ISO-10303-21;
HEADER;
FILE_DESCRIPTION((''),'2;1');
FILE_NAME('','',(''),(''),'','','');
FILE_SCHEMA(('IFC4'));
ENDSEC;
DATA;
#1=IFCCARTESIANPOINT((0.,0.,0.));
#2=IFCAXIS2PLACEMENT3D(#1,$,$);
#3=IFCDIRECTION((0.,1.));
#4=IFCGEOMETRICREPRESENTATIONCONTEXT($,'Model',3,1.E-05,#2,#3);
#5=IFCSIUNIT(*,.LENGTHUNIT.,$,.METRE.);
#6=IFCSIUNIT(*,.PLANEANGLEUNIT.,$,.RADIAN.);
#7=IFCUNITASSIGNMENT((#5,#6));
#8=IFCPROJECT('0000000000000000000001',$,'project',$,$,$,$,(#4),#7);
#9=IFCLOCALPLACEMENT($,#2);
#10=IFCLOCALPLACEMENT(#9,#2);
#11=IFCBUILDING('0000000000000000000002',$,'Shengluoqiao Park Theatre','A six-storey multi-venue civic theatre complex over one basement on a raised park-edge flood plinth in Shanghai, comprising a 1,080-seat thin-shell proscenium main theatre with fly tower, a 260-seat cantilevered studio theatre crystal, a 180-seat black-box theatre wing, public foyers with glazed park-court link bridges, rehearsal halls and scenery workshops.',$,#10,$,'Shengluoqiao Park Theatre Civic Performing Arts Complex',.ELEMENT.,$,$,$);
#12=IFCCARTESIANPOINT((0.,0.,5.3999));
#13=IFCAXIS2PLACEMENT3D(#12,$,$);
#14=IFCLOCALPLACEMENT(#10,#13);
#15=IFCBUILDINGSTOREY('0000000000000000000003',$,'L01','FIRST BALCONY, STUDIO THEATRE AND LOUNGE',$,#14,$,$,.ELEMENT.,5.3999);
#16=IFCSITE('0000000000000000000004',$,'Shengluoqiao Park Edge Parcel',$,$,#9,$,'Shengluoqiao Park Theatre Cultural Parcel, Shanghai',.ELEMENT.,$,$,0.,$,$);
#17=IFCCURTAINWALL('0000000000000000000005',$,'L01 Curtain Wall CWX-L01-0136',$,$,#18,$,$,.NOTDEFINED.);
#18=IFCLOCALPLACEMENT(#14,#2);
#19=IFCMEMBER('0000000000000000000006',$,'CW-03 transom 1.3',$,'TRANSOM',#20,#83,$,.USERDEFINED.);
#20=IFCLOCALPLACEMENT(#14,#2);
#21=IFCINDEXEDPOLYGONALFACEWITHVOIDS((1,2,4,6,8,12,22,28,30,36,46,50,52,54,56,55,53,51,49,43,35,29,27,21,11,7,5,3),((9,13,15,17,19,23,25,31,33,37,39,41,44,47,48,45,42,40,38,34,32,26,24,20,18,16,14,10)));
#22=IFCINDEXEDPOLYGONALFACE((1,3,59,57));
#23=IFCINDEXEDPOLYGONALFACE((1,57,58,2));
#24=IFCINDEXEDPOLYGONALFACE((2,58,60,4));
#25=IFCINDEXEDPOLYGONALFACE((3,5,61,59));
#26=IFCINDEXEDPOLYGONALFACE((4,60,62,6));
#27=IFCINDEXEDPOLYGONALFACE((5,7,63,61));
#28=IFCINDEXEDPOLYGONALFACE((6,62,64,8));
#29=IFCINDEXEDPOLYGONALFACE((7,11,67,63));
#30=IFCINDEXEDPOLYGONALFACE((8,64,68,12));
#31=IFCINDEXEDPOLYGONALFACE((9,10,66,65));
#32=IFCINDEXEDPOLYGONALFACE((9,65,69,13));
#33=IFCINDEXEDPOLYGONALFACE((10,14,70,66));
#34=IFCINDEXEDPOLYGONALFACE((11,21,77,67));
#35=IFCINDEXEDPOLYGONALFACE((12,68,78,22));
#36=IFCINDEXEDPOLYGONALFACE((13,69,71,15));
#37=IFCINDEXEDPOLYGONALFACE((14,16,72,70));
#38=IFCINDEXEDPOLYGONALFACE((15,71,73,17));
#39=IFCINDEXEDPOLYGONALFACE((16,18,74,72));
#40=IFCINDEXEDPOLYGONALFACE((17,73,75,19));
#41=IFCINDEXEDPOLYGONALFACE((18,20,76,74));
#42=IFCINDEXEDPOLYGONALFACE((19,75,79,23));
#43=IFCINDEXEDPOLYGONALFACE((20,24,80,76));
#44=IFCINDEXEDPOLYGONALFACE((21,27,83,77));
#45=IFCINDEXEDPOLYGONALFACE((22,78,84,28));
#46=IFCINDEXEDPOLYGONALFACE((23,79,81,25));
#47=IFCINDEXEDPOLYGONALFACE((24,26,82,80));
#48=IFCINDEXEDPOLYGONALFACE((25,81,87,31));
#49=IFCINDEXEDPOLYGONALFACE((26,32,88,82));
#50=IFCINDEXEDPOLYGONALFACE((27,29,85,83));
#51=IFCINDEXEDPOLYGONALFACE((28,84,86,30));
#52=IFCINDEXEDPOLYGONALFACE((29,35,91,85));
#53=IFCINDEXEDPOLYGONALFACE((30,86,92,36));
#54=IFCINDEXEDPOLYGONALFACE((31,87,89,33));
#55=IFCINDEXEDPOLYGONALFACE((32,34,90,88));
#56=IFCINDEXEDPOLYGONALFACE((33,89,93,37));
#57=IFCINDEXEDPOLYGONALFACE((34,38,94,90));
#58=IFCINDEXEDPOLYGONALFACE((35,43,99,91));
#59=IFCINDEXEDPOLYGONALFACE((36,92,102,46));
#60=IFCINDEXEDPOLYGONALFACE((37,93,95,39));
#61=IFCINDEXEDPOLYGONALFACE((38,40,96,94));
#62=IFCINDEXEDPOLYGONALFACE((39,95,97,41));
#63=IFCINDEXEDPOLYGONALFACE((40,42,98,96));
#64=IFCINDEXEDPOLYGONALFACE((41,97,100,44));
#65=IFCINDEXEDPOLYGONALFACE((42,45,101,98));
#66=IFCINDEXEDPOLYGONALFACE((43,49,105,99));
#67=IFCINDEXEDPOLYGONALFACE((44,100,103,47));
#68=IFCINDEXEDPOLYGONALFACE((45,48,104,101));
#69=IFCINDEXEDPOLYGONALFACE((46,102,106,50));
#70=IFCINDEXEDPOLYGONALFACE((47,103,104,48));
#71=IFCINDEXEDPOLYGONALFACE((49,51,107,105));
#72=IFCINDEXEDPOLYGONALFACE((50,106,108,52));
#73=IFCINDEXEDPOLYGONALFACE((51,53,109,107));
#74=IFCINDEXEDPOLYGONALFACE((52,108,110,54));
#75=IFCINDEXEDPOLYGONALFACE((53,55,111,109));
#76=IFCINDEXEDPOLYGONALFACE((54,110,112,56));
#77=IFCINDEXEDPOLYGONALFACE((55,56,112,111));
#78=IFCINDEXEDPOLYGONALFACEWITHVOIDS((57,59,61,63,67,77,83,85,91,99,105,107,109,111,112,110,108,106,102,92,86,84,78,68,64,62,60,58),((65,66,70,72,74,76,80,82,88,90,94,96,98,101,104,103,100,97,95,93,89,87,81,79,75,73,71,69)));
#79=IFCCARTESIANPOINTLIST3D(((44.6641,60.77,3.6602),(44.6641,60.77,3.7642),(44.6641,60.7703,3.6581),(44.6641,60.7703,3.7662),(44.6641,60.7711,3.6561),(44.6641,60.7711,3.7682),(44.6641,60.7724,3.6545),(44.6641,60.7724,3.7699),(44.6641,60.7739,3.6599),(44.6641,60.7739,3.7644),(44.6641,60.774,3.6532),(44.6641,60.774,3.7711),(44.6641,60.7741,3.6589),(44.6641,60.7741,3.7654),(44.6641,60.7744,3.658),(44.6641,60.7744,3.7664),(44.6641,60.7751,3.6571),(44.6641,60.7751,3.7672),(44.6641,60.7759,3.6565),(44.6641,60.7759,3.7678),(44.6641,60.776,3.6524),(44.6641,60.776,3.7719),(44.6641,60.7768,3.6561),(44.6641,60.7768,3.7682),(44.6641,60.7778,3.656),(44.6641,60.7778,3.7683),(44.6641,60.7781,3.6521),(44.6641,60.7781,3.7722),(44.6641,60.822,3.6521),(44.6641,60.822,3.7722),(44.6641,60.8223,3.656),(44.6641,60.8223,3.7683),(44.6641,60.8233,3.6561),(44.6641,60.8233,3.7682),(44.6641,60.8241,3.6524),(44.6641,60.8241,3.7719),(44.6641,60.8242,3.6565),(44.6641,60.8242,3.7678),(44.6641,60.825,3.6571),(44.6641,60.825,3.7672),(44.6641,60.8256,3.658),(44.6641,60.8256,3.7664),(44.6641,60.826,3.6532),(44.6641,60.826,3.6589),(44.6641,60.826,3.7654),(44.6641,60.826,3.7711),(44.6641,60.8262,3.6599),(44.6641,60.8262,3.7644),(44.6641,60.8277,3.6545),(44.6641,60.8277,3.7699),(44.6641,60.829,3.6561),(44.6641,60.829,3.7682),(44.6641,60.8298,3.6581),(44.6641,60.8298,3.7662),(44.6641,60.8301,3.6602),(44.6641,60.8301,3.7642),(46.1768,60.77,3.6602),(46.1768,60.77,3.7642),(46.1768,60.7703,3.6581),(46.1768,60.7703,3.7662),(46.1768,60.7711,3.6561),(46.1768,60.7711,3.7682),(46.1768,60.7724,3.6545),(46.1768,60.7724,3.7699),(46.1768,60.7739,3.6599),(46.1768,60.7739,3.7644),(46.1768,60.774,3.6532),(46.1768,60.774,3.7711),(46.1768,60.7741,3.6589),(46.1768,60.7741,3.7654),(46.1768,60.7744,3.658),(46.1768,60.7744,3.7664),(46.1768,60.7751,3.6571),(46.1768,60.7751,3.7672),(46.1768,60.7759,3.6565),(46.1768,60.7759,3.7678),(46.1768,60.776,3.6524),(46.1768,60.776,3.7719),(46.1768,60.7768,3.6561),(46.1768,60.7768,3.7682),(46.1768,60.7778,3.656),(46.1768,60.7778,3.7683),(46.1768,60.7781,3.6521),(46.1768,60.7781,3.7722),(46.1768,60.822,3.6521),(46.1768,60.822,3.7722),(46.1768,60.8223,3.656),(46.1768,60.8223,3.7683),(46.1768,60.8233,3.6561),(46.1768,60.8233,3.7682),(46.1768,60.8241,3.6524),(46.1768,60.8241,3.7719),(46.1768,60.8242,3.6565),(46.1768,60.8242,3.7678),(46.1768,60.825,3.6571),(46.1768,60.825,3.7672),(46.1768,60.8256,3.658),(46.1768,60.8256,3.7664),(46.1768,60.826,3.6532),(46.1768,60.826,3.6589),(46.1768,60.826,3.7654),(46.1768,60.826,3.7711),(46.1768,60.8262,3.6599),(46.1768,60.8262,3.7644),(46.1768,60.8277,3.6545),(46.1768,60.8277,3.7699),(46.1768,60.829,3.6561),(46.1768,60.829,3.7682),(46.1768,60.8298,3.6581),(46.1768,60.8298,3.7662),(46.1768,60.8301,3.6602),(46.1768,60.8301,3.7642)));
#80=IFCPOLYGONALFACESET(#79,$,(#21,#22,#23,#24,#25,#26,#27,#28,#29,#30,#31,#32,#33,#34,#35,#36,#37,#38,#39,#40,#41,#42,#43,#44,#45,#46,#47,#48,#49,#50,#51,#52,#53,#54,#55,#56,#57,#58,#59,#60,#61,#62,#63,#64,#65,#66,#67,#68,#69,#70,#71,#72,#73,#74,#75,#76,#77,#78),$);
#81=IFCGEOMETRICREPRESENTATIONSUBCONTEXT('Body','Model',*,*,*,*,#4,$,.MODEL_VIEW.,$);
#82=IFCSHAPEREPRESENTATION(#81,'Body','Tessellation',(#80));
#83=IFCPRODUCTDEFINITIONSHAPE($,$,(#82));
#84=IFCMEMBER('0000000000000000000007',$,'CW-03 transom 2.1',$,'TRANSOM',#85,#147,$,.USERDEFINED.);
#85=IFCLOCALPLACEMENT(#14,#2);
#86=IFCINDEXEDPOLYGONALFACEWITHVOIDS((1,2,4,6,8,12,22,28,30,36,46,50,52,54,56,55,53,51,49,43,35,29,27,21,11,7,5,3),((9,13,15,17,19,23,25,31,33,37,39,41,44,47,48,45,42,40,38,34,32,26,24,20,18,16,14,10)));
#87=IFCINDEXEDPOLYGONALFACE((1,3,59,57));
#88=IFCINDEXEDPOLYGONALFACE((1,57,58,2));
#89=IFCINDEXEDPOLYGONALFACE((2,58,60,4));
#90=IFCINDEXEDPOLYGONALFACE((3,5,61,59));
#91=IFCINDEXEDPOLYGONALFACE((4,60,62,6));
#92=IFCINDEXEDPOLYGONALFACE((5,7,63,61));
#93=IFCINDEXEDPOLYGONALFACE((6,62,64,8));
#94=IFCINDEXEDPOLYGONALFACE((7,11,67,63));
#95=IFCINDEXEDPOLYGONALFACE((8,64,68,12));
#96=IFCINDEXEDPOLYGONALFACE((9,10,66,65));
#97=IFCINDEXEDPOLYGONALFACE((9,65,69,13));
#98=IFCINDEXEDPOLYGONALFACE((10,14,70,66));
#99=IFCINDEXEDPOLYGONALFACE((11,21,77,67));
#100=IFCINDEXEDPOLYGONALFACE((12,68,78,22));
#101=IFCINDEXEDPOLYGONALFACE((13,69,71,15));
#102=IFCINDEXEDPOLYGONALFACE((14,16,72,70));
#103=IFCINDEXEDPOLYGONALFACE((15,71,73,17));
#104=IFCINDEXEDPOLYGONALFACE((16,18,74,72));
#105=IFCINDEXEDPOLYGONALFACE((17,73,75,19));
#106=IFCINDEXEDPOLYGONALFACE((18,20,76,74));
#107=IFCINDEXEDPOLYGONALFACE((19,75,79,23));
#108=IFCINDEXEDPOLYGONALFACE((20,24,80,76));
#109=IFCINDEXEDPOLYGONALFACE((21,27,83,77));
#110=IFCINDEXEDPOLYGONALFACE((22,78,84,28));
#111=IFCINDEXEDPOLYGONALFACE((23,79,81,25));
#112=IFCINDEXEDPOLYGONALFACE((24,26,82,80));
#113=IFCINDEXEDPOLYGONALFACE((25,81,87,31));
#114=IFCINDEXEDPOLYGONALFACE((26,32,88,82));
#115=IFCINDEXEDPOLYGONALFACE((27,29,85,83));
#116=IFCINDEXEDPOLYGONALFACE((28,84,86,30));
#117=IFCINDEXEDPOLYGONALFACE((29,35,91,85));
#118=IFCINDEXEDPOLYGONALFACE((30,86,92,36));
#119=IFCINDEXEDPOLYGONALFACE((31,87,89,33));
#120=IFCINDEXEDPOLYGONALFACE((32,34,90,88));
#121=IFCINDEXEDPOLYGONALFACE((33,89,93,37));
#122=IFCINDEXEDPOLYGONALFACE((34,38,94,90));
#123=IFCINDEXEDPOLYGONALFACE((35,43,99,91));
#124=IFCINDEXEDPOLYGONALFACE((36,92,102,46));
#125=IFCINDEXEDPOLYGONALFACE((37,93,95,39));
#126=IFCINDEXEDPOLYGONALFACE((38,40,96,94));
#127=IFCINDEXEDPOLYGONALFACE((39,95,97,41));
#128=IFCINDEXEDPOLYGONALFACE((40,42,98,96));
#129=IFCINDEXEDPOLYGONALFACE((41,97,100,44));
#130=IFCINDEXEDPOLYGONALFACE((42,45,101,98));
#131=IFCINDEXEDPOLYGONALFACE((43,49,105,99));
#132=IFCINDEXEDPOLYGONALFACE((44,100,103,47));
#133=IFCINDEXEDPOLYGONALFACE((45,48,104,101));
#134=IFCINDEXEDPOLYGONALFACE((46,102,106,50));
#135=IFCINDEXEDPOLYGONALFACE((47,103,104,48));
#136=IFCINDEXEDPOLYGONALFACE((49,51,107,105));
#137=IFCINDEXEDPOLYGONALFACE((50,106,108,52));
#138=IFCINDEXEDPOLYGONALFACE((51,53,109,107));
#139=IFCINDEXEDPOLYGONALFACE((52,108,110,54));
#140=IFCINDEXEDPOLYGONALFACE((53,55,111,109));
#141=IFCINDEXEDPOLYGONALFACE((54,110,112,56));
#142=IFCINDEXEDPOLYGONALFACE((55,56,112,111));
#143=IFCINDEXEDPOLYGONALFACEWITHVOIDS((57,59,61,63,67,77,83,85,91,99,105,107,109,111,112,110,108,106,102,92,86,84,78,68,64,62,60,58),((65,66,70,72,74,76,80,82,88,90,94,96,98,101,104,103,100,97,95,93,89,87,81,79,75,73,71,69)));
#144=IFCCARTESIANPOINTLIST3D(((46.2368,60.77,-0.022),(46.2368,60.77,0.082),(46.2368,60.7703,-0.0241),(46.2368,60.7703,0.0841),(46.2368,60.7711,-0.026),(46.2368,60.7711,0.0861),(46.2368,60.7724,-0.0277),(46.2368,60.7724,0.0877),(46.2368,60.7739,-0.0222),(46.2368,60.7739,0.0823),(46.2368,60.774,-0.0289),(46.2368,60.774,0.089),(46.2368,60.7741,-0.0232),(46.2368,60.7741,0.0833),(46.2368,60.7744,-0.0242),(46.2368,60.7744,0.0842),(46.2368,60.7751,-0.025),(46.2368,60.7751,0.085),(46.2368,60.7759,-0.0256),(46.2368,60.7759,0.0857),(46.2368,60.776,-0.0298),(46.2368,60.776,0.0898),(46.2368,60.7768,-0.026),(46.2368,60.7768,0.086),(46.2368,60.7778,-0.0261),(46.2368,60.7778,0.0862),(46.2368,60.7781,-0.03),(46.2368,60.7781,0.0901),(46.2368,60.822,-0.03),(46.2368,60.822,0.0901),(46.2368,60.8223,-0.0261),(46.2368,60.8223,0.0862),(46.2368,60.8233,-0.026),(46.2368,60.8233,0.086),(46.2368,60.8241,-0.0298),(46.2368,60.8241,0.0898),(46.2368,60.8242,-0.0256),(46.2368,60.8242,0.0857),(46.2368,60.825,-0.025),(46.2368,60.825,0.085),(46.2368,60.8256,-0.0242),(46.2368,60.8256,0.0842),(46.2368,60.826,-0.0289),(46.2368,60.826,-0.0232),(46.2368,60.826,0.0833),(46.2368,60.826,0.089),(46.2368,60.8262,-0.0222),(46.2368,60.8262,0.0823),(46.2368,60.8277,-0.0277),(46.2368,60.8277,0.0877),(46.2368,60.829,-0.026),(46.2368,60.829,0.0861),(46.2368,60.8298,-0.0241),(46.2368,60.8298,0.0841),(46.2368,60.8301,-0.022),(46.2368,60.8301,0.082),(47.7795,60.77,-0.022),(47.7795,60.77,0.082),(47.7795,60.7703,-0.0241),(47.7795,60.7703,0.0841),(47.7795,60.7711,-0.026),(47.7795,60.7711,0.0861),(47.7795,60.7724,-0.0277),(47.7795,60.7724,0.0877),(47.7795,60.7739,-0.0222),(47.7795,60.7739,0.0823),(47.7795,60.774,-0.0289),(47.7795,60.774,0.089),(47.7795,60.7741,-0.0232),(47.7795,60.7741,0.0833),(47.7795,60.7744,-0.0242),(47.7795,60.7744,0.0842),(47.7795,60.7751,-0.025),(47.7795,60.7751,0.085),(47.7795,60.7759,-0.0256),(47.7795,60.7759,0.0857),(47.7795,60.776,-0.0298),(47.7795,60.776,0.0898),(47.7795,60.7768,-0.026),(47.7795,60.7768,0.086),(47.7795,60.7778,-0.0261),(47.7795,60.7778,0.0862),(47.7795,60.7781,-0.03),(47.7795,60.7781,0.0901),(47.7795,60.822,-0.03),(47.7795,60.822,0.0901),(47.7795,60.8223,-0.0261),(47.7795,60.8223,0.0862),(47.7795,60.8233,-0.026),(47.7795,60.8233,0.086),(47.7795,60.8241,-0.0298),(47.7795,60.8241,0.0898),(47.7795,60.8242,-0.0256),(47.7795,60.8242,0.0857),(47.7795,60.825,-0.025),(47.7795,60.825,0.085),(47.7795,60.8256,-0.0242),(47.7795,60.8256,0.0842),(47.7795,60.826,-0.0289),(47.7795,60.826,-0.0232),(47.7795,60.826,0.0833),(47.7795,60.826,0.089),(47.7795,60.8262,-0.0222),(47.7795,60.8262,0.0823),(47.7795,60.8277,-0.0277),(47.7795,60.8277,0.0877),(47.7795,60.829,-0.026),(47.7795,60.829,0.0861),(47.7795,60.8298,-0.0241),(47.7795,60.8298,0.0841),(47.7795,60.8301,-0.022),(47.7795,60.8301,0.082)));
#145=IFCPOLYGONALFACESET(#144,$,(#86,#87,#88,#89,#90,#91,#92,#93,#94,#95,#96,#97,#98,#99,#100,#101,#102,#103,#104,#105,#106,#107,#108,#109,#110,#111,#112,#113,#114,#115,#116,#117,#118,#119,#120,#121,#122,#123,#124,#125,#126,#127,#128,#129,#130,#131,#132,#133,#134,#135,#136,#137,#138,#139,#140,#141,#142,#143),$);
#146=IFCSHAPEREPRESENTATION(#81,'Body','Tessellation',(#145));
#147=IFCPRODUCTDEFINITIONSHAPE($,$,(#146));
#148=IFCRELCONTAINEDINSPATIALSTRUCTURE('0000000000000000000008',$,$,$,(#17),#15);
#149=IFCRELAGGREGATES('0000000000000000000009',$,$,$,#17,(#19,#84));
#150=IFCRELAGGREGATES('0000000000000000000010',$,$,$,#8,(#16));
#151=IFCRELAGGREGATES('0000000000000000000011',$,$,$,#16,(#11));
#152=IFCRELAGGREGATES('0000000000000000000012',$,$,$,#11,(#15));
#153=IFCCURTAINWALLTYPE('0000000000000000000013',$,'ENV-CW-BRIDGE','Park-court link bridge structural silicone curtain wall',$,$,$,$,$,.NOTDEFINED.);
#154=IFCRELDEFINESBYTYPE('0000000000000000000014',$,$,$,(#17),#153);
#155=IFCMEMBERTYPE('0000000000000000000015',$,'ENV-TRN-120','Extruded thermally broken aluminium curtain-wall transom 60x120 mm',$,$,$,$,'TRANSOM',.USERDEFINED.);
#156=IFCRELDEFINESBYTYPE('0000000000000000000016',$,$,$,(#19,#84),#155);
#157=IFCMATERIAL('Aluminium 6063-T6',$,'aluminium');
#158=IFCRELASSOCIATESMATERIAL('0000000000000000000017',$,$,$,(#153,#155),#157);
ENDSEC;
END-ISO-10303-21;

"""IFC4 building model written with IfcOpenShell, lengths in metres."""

from ifc_helpers import new_model, si_unit, direction, frame, origin, origin_2d, place, context, subcontext, project, spatial, hollow_rectangle, extrude, material, material_profile, profile_set, type_object, element, aggregate, save


model = new_model("IFC4")

# Units and contexts
model_context = context("Model", 3, precision=1e-05, world=origin(), true_north=direction((0.0, 1.0)))
body_context = subcontext(model_context, "Body", "Model", "MODEL_VIEW")
ifc_project = project(units=[si_unit("LENGTHUNIT", "METRE"), si_unit("PLANEANGLEUNIT", "RADIAN")], contexts=[model_context])

# Site, building, storey
site_placement = place(None, origin())
site = spatial("IfcSite", under=ifc_project, at=site_placement, Name="Shengluoqiao Park Edge Parcel", LongName="Shengluoqiao Park Theatre Cultural Parcel, Shanghai", CompositionType="ELEMENT", RefElevation=0.0)
building_placement = place(site_placement, origin())
building = spatial("IfcBuilding", under=site, at=building_placement, Name="Shengluoqiao Park Theatre", Description="A six-storey multi-venue civic theatre complex over one basement on a raised park-edge flood plinth in Shanghai, comprising a 1,080-seat thin-shell proscenium main theatre with fly tower, a 260-seat cantilevered studio theatre crystal, a 180-seat black-box theatre wing, public foyers with glazed park-court link bridges, rehearsal halls and scenery workshops.", LongName="Shengluoqiao Park Theatre Civic Performing Arts Complex", CompositionType="ELEMENT")
storey_placement = place(building_placement, frame((0.0, 0.0, 5.3999)))
storey = spatial("IfcBuildingStorey", under=building, at=storey_placement, Name="L01", Description="FIRST BALCONY, STUDIO THEATRE AND LOUNGE", CompositionType="ELEMENT", Elevation=5.3999)

# Curtain wall
ifc_material_1 = material(Name="Aluminium 6063-T6", Category="aluminium")
curtain_wall_type_1 = type_object("IfcCurtainWallType", Name="ENV-CW-BRIDGE", Description="Park-court link bridge structural silicone curtain wall", PredefinedType="NOTDEFINED", material=ifc_material_1)
curtain_wall_1_placement = place(storey_placement, origin())
curtain_wall_1 = element("IfcCurtainWall", 1, at=curtain_wall_1_placement, inside=storey, type_object=curtain_wall_type_1, Name="L01 Curtain Wall CWX-L01-0136", PredefinedType="NOTDEFINED")

# Members
ifc_material_profile_1 = material_profile(ifc_material_1, hollow_rectangle(XDim=0.0601, YDim=0.1201, WallThickness=0.0039, InnerFilletRadius=0.0039, OuterFilletRadius=0.0081, at=origin_2d()), Name="ALU TRANSOM 120x60x4")
ifc_profile_set_1 = profile_set([ifc_material_profile_1], Name="Aluminium 6063-T6")
member_type_1 = type_object("IfcMemberType", Name="ENV-TRN-120", Description="Extruded thermally broken aluminium curtain-wall transom 60x120 mm", ElementType="TRANSOM", PredefinedType="USERDEFINED", material=ifc_profile_set_1)
member_1_placement = place(storey_placement, frame((44.6641, 60.8, 3.7122), z_axis=(1.0, 0.0, 0.0), x_axis=(0.0, 1.0, 0.0)))
member_1 = element("IfcMember", 2, at=member_1_placement, type_object=member_type_1, Name="CW-03 transom 1.3", ObjectType="TRANSOM", PredefinedType="USERDEFINED", context=body_context, shape_type="SweptSolid", body=[
    extrude(hollow_rectangle(XDim=0.0601, YDim=0.1201, WallThickness=0.0039, InnerFilletRadius=0.0039, OuterFilletRadius=0.0081, at=origin_2d()), origin(), (0.0, 0.0, 1.0), 1.5127),
])
member_2_placement = place(storey_placement, frame((46.2368, 60.8, 0.03), z_axis=(1.0, 0.0, 0.0), x_axis=(0.0, 1.0, 0.0)))
member_2 = element("IfcMember", 3, at=member_2_placement, type_object=member_type_1, Name="CW-03 transom 2.1", ObjectType="TRANSOM", PredefinedType="USERDEFINED", context=body_context, shape_type="SweptSolid", body=[
    extrude(hollow_rectangle(XDim=0.0601, YDim=0.1201, WallThickness=0.0039, InnerFilletRadius=0.0039, OuterFilletRadius=0.0081, at=origin_2d()), origin(), (0.0, 0.0, 1.0), 1.5427),
])

aggregate(curtain_wall_1, [member_1, member_2])

save(model, "model.ifc")
